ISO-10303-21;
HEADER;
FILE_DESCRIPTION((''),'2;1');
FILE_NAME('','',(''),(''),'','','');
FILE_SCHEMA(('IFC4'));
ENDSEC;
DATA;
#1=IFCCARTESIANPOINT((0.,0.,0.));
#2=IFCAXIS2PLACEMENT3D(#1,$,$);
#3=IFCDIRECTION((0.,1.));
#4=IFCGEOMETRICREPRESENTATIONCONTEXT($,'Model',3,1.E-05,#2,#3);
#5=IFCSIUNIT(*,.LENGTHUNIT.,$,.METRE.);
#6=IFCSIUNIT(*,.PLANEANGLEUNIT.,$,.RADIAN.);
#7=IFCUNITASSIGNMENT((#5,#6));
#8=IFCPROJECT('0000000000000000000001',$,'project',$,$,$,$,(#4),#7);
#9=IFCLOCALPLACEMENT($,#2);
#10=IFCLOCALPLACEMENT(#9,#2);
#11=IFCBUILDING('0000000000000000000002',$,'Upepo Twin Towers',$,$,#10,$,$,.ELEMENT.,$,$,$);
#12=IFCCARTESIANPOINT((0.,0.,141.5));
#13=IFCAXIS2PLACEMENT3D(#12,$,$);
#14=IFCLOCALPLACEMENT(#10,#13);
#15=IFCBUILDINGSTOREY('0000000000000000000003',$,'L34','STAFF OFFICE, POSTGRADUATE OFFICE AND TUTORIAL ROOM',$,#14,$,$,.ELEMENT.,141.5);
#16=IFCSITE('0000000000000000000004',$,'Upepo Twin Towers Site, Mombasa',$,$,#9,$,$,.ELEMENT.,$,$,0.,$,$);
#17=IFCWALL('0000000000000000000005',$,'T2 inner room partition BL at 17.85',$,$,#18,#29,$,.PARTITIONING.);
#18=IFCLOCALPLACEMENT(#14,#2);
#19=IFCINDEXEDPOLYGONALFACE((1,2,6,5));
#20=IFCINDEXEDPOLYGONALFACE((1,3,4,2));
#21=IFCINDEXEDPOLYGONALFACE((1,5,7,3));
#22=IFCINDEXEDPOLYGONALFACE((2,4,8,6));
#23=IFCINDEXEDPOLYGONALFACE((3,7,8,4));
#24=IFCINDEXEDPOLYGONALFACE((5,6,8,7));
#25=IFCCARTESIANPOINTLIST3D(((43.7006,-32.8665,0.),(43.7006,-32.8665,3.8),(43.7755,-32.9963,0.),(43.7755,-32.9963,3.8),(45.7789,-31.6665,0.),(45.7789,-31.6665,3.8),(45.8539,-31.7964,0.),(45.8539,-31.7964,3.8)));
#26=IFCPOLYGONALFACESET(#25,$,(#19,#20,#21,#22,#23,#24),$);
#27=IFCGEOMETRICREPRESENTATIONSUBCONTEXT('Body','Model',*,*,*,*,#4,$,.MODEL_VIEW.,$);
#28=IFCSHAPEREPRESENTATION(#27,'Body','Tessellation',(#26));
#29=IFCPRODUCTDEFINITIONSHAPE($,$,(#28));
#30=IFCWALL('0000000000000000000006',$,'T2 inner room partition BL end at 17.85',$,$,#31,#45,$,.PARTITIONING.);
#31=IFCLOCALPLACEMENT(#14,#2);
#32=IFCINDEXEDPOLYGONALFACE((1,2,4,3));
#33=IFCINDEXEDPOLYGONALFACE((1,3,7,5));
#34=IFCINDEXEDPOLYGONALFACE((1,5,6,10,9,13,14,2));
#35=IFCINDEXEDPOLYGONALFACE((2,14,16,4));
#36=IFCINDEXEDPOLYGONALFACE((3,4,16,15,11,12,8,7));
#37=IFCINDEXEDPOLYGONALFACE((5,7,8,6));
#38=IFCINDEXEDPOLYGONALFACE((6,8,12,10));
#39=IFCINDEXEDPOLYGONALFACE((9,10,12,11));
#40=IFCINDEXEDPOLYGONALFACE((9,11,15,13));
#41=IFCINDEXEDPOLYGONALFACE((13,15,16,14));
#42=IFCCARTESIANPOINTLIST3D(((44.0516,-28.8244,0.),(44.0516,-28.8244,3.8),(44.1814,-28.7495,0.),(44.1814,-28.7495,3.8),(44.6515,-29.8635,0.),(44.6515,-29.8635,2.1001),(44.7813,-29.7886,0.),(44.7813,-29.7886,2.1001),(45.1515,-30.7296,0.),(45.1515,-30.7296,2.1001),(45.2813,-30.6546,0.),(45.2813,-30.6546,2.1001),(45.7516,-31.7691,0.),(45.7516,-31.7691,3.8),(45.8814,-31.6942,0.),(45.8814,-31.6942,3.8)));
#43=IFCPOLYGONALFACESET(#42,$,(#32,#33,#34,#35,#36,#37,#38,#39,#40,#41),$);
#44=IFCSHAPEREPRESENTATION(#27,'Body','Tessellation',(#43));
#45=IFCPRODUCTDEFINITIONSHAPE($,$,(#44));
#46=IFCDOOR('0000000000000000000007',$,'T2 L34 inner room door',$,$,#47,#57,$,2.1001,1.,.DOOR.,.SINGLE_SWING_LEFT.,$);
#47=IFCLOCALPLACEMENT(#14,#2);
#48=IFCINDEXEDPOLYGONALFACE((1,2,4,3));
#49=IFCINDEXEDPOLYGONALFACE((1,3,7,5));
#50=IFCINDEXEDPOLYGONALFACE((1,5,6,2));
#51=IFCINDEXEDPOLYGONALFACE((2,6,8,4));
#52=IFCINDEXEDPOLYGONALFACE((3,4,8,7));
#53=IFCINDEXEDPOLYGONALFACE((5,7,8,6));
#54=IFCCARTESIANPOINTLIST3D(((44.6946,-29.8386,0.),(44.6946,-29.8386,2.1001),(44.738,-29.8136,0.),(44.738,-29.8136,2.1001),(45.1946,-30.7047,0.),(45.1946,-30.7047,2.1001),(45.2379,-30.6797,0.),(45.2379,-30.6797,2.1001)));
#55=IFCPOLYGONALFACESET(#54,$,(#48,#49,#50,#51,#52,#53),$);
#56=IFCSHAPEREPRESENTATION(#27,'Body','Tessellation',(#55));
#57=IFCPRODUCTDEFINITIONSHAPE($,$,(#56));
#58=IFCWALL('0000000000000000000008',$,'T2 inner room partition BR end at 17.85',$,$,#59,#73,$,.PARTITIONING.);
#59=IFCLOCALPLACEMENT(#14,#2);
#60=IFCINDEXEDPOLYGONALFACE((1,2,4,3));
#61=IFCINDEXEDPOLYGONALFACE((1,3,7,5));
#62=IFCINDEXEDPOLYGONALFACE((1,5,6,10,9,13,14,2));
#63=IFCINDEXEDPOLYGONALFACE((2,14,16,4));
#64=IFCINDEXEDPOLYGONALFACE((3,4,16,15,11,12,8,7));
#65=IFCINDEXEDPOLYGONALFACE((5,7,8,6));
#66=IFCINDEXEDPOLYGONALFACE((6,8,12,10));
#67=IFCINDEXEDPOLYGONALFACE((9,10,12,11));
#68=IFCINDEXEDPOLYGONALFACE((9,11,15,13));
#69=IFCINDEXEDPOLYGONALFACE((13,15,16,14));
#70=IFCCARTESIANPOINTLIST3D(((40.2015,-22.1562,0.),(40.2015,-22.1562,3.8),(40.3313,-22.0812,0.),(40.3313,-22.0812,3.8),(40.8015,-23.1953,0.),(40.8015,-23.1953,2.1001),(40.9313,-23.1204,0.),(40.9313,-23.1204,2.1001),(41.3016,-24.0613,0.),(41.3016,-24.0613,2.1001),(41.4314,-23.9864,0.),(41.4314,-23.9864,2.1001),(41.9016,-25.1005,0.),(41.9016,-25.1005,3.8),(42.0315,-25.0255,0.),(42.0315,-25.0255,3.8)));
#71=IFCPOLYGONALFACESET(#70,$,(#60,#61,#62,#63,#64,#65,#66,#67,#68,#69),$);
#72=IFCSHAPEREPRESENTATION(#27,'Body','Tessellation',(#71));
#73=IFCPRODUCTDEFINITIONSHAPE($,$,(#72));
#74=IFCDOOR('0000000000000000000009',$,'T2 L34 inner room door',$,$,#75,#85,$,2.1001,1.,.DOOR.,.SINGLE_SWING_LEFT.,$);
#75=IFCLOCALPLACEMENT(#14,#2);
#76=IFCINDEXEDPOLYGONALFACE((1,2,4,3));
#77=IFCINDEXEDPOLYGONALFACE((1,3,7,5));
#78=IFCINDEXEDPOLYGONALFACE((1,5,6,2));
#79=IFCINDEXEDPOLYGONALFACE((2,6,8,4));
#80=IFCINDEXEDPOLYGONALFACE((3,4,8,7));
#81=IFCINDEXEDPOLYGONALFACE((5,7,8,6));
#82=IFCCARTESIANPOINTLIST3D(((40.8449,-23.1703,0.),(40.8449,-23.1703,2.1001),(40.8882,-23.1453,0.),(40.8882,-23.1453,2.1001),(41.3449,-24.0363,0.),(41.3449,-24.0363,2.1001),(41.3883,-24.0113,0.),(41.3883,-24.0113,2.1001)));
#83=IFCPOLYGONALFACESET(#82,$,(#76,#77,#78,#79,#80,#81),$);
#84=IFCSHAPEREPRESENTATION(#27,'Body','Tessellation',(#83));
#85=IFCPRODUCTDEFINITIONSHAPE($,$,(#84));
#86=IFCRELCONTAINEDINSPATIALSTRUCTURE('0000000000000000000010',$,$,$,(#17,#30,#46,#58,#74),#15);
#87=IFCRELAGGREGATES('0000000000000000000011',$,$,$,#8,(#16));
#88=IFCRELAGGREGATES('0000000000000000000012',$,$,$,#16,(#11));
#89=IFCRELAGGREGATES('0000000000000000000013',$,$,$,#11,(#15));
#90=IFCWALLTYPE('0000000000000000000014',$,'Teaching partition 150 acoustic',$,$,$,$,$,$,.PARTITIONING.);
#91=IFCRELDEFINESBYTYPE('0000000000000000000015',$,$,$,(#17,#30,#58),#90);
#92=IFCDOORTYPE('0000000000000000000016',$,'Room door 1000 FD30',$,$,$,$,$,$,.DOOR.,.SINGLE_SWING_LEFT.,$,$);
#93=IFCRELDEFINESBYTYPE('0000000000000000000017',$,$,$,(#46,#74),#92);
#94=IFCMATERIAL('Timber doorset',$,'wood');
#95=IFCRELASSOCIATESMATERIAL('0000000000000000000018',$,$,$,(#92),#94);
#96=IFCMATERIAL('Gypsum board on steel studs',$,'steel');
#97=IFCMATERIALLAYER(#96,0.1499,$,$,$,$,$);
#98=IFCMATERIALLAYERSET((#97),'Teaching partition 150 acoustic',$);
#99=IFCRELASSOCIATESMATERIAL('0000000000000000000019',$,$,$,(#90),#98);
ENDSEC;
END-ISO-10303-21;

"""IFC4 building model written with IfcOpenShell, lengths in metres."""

from ifc_helpers import new_model, si_unit, direction, frame, frame_2d, origin, place, context, subcontext, project, spatial, rectangle, extrude, material, layer, layer_set, type_object, element, fill, save


model = new_model("IFC4")

# Units and contexts
model_context = context("Model", 3, precision=1e-05, world=origin(), true_north=direction((0.0, 1.0)))
body_context = subcontext(model_context, "Body", "Model", "MODEL_VIEW")
ifc_project = project(units=[si_unit("LENGTHUNIT", "METRE"), si_unit("PLANEANGLEUNIT", "RADIAN")], contexts=[model_context])

# Site, building, storey
site_placement = place(None, origin())
site = spatial("IfcSite", under=ifc_project, at=site_placement, Name="Upepo Twin Towers Site, Mombasa", CompositionType="ELEMENT", RefElevation=0.0)
building_placement = place(site_placement, origin())
building = spatial("IfcBuilding", under=site, at=building_placement, Name="Upepo Twin Towers", CompositionType="ELEMENT")
storey_placement = place(building_placement, frame((0.0, 0.0, 141.5)))
storey = spatial("IfcBuildingStorey", under=building, at=storey_placement, Name="L34", Description="STAFF OFFICE, POSTGRADUATE OFFICE AND TUTORIAL ROOM", CompositionType="ELEMENT", Elevation=141.5)

# Shared definitions
ifc_material_1 = material(Name="Timber doorset", Category="wood")
door_type = type_object("IfcDoorType", Name="Room door 1000 FD30", OperationType="SINGLE_SWING_LEFT", PredefinedType="DOOR", material=ifc_material_1)

# Wall
ifc_material_2 = material(Name="Gypsum board on steel studs", Category="steel")
ifc_layer_1 = layer(ifc_material_2, 0.1499)
ifc_layer_set_1 = layer_set([ifc_layer_1], Name="Teaching partition 150 acoustic")
wall_type_1 = type_object("IfcWallType", Name="Teaching partition 150 acoustic", PredefinedType="PARTITIONING", material=ifc_layer_set_1)
wall_1_placement = place(storey_placement, frame((45.8164, -31.7314, 0.0), z_axis=(0.0, 0.0, 1.0), x_axis=(-0.866025, -0.500001, 0.0)))
element("IfcWall", 1, at=wall_1_placement, inside=storey, type_object=wall_type_1, Name="T2 inner room partition BL at 17.85", PredefinedType="PARTITIONING", context=body_context, shape_type="SweptSolid", body=[
    extrude(rectangle(XDim=2.3999, YDim=0.1499, at=frame_2d((1.2, 0.0))), origin(), (0.0, 0.0, 1.0), 3.8),
])

# Walls, openings, doors
wall_2_placement = place(storey_placement, frame((44.1165, -28.7869, 0.0), z_axis=(0.0, 0.0, 1.0), x_axis=(0.499977, -0.866039, 0.0)))
wall_2 = element("IfcWall", 2, at=wall_2_placement, inside=storey, type_object=wall_type_1, Name="T2 inner room partition BL end at 17.85", PredefinedType="PARTITIONING", context=body_context, shape_type="SweptSolid", body=[
    extrude(rectangle(XDim=3.4001, YDim=0.1499, at=frame_2d((1.7002, 0.0))), origin(), (0.0, 0.0, 1.0), 3.8),
])
opening_1_placement = place(wall_2_placement, frame((1.2, 0.0, 0.0)))
opening_1 = element("IfcOpeningElement", 3, at=opening_1_placement, cuts=wall_2, PredefinedType="OPENING", context=body_context, shape_type="SweptSolid", body=[
    extrude(rectangle(XDim=1.0, YDim=2.1001, at=frame_2d((0.5, 1.05))), frame((0.0, 0.085, 0.0), z_axis=(0.0, -1.0, 0.0), x_axis=(1.0, 0.0, 0.0)), (0.0, 0.0, 1.0), 0.1699),
])
door_1_placement = place(opening_1_placement, origin())
door_1 = element("IfcDoor", 4, at=door_1_placement, inside=storey, type_object=door_type, Name="T2 L34 inner room door", OperationType="SINGLE_SWING_LEFT", OverallHeight=2.1001, OverallWidth=1.0, PredefinedType="DOOR", context=body_context, shape_type="SweptSolid", body=[
    extrude(rectangle(XDim=1.0, YDim=2.1001, at=frame_2d((0.5, 1.05))), frame((0.0, 0.0249, 0.0), z_axis=(0.0, -1.0, 0.0), x_axis=(1.0, 0.0, 0.0)), (0.0, 0.0, 1.0), 0.05),
])
fill(opening_1, door_1)
wall_3_placement = place(storey_placement, frame((41.9666, -25.063, 0.0), z_axis=(0.0, 0.0, 1.0), x_axis=(-0.500062, 0.865989, 0.0)))
wall_3 = element("IfcWall", 5, at=wall_3_placement, inside=storey, type_object=wall_type_1, Name="T2 inner room partition BR end at 17.85", PredefinedType="PARTITIONING", context=body_context, shape_type="SweptSolid", body=[
    extrude(rectangle(XDim=3.3999, YDim=0.1499, at=frame_2d((1.7, 0.0))), origin(), (0.0, 0.0, 1.0), 3.8),
])
opening_2_placement = place(wall_3_placement, frame((1.2, 0.0, 0.0)))
opening_2 = element("IfcOpeningElement", 6, at=opening_2_placement, cuts=wall_3, PredefinedType="OPENING", context=body_context, shape_type="SweptSolid", body=[
    extrude(rectangle(XDim=1.0, YDim=2.1001, at=frame_2d((0.5, 1.05))), frame((0.0, 0.085, 0.0), z_axis=(0.0, -1.0, 0.0), x_axis=(1.0, 0.0, 0.0)), (0.0, 0.0, 1.0), 0.1699),
])
door_2_placement = place(opening_2_placement, origin())
door_2 = element("IfcDoor", 7, at=door_2_placement, inside=storey, type_object=door_type, Name="T2 L34 inner room door", OperationType="SINGLE_SWING_LEFT", OverallHeight=2.1001, OverallWidth=1.0, PredefinedType="DOOR", context=body_context, shape_type="SweptSolid", body=[
    extrude(rectangle(XDim=1.0, YDim=2.1001, at=frame_2d((0.5, 1.05))), frame((0.0, 0.0249, 0.0), z_axis=(0.0, -1.0, 0.0), x_axis=(1.0, 0.0, 0.0)), (0.0, 0.0, 1.0), 0.05),
])
fill(opening_2, door_2)

save(model, "model.ifc")
